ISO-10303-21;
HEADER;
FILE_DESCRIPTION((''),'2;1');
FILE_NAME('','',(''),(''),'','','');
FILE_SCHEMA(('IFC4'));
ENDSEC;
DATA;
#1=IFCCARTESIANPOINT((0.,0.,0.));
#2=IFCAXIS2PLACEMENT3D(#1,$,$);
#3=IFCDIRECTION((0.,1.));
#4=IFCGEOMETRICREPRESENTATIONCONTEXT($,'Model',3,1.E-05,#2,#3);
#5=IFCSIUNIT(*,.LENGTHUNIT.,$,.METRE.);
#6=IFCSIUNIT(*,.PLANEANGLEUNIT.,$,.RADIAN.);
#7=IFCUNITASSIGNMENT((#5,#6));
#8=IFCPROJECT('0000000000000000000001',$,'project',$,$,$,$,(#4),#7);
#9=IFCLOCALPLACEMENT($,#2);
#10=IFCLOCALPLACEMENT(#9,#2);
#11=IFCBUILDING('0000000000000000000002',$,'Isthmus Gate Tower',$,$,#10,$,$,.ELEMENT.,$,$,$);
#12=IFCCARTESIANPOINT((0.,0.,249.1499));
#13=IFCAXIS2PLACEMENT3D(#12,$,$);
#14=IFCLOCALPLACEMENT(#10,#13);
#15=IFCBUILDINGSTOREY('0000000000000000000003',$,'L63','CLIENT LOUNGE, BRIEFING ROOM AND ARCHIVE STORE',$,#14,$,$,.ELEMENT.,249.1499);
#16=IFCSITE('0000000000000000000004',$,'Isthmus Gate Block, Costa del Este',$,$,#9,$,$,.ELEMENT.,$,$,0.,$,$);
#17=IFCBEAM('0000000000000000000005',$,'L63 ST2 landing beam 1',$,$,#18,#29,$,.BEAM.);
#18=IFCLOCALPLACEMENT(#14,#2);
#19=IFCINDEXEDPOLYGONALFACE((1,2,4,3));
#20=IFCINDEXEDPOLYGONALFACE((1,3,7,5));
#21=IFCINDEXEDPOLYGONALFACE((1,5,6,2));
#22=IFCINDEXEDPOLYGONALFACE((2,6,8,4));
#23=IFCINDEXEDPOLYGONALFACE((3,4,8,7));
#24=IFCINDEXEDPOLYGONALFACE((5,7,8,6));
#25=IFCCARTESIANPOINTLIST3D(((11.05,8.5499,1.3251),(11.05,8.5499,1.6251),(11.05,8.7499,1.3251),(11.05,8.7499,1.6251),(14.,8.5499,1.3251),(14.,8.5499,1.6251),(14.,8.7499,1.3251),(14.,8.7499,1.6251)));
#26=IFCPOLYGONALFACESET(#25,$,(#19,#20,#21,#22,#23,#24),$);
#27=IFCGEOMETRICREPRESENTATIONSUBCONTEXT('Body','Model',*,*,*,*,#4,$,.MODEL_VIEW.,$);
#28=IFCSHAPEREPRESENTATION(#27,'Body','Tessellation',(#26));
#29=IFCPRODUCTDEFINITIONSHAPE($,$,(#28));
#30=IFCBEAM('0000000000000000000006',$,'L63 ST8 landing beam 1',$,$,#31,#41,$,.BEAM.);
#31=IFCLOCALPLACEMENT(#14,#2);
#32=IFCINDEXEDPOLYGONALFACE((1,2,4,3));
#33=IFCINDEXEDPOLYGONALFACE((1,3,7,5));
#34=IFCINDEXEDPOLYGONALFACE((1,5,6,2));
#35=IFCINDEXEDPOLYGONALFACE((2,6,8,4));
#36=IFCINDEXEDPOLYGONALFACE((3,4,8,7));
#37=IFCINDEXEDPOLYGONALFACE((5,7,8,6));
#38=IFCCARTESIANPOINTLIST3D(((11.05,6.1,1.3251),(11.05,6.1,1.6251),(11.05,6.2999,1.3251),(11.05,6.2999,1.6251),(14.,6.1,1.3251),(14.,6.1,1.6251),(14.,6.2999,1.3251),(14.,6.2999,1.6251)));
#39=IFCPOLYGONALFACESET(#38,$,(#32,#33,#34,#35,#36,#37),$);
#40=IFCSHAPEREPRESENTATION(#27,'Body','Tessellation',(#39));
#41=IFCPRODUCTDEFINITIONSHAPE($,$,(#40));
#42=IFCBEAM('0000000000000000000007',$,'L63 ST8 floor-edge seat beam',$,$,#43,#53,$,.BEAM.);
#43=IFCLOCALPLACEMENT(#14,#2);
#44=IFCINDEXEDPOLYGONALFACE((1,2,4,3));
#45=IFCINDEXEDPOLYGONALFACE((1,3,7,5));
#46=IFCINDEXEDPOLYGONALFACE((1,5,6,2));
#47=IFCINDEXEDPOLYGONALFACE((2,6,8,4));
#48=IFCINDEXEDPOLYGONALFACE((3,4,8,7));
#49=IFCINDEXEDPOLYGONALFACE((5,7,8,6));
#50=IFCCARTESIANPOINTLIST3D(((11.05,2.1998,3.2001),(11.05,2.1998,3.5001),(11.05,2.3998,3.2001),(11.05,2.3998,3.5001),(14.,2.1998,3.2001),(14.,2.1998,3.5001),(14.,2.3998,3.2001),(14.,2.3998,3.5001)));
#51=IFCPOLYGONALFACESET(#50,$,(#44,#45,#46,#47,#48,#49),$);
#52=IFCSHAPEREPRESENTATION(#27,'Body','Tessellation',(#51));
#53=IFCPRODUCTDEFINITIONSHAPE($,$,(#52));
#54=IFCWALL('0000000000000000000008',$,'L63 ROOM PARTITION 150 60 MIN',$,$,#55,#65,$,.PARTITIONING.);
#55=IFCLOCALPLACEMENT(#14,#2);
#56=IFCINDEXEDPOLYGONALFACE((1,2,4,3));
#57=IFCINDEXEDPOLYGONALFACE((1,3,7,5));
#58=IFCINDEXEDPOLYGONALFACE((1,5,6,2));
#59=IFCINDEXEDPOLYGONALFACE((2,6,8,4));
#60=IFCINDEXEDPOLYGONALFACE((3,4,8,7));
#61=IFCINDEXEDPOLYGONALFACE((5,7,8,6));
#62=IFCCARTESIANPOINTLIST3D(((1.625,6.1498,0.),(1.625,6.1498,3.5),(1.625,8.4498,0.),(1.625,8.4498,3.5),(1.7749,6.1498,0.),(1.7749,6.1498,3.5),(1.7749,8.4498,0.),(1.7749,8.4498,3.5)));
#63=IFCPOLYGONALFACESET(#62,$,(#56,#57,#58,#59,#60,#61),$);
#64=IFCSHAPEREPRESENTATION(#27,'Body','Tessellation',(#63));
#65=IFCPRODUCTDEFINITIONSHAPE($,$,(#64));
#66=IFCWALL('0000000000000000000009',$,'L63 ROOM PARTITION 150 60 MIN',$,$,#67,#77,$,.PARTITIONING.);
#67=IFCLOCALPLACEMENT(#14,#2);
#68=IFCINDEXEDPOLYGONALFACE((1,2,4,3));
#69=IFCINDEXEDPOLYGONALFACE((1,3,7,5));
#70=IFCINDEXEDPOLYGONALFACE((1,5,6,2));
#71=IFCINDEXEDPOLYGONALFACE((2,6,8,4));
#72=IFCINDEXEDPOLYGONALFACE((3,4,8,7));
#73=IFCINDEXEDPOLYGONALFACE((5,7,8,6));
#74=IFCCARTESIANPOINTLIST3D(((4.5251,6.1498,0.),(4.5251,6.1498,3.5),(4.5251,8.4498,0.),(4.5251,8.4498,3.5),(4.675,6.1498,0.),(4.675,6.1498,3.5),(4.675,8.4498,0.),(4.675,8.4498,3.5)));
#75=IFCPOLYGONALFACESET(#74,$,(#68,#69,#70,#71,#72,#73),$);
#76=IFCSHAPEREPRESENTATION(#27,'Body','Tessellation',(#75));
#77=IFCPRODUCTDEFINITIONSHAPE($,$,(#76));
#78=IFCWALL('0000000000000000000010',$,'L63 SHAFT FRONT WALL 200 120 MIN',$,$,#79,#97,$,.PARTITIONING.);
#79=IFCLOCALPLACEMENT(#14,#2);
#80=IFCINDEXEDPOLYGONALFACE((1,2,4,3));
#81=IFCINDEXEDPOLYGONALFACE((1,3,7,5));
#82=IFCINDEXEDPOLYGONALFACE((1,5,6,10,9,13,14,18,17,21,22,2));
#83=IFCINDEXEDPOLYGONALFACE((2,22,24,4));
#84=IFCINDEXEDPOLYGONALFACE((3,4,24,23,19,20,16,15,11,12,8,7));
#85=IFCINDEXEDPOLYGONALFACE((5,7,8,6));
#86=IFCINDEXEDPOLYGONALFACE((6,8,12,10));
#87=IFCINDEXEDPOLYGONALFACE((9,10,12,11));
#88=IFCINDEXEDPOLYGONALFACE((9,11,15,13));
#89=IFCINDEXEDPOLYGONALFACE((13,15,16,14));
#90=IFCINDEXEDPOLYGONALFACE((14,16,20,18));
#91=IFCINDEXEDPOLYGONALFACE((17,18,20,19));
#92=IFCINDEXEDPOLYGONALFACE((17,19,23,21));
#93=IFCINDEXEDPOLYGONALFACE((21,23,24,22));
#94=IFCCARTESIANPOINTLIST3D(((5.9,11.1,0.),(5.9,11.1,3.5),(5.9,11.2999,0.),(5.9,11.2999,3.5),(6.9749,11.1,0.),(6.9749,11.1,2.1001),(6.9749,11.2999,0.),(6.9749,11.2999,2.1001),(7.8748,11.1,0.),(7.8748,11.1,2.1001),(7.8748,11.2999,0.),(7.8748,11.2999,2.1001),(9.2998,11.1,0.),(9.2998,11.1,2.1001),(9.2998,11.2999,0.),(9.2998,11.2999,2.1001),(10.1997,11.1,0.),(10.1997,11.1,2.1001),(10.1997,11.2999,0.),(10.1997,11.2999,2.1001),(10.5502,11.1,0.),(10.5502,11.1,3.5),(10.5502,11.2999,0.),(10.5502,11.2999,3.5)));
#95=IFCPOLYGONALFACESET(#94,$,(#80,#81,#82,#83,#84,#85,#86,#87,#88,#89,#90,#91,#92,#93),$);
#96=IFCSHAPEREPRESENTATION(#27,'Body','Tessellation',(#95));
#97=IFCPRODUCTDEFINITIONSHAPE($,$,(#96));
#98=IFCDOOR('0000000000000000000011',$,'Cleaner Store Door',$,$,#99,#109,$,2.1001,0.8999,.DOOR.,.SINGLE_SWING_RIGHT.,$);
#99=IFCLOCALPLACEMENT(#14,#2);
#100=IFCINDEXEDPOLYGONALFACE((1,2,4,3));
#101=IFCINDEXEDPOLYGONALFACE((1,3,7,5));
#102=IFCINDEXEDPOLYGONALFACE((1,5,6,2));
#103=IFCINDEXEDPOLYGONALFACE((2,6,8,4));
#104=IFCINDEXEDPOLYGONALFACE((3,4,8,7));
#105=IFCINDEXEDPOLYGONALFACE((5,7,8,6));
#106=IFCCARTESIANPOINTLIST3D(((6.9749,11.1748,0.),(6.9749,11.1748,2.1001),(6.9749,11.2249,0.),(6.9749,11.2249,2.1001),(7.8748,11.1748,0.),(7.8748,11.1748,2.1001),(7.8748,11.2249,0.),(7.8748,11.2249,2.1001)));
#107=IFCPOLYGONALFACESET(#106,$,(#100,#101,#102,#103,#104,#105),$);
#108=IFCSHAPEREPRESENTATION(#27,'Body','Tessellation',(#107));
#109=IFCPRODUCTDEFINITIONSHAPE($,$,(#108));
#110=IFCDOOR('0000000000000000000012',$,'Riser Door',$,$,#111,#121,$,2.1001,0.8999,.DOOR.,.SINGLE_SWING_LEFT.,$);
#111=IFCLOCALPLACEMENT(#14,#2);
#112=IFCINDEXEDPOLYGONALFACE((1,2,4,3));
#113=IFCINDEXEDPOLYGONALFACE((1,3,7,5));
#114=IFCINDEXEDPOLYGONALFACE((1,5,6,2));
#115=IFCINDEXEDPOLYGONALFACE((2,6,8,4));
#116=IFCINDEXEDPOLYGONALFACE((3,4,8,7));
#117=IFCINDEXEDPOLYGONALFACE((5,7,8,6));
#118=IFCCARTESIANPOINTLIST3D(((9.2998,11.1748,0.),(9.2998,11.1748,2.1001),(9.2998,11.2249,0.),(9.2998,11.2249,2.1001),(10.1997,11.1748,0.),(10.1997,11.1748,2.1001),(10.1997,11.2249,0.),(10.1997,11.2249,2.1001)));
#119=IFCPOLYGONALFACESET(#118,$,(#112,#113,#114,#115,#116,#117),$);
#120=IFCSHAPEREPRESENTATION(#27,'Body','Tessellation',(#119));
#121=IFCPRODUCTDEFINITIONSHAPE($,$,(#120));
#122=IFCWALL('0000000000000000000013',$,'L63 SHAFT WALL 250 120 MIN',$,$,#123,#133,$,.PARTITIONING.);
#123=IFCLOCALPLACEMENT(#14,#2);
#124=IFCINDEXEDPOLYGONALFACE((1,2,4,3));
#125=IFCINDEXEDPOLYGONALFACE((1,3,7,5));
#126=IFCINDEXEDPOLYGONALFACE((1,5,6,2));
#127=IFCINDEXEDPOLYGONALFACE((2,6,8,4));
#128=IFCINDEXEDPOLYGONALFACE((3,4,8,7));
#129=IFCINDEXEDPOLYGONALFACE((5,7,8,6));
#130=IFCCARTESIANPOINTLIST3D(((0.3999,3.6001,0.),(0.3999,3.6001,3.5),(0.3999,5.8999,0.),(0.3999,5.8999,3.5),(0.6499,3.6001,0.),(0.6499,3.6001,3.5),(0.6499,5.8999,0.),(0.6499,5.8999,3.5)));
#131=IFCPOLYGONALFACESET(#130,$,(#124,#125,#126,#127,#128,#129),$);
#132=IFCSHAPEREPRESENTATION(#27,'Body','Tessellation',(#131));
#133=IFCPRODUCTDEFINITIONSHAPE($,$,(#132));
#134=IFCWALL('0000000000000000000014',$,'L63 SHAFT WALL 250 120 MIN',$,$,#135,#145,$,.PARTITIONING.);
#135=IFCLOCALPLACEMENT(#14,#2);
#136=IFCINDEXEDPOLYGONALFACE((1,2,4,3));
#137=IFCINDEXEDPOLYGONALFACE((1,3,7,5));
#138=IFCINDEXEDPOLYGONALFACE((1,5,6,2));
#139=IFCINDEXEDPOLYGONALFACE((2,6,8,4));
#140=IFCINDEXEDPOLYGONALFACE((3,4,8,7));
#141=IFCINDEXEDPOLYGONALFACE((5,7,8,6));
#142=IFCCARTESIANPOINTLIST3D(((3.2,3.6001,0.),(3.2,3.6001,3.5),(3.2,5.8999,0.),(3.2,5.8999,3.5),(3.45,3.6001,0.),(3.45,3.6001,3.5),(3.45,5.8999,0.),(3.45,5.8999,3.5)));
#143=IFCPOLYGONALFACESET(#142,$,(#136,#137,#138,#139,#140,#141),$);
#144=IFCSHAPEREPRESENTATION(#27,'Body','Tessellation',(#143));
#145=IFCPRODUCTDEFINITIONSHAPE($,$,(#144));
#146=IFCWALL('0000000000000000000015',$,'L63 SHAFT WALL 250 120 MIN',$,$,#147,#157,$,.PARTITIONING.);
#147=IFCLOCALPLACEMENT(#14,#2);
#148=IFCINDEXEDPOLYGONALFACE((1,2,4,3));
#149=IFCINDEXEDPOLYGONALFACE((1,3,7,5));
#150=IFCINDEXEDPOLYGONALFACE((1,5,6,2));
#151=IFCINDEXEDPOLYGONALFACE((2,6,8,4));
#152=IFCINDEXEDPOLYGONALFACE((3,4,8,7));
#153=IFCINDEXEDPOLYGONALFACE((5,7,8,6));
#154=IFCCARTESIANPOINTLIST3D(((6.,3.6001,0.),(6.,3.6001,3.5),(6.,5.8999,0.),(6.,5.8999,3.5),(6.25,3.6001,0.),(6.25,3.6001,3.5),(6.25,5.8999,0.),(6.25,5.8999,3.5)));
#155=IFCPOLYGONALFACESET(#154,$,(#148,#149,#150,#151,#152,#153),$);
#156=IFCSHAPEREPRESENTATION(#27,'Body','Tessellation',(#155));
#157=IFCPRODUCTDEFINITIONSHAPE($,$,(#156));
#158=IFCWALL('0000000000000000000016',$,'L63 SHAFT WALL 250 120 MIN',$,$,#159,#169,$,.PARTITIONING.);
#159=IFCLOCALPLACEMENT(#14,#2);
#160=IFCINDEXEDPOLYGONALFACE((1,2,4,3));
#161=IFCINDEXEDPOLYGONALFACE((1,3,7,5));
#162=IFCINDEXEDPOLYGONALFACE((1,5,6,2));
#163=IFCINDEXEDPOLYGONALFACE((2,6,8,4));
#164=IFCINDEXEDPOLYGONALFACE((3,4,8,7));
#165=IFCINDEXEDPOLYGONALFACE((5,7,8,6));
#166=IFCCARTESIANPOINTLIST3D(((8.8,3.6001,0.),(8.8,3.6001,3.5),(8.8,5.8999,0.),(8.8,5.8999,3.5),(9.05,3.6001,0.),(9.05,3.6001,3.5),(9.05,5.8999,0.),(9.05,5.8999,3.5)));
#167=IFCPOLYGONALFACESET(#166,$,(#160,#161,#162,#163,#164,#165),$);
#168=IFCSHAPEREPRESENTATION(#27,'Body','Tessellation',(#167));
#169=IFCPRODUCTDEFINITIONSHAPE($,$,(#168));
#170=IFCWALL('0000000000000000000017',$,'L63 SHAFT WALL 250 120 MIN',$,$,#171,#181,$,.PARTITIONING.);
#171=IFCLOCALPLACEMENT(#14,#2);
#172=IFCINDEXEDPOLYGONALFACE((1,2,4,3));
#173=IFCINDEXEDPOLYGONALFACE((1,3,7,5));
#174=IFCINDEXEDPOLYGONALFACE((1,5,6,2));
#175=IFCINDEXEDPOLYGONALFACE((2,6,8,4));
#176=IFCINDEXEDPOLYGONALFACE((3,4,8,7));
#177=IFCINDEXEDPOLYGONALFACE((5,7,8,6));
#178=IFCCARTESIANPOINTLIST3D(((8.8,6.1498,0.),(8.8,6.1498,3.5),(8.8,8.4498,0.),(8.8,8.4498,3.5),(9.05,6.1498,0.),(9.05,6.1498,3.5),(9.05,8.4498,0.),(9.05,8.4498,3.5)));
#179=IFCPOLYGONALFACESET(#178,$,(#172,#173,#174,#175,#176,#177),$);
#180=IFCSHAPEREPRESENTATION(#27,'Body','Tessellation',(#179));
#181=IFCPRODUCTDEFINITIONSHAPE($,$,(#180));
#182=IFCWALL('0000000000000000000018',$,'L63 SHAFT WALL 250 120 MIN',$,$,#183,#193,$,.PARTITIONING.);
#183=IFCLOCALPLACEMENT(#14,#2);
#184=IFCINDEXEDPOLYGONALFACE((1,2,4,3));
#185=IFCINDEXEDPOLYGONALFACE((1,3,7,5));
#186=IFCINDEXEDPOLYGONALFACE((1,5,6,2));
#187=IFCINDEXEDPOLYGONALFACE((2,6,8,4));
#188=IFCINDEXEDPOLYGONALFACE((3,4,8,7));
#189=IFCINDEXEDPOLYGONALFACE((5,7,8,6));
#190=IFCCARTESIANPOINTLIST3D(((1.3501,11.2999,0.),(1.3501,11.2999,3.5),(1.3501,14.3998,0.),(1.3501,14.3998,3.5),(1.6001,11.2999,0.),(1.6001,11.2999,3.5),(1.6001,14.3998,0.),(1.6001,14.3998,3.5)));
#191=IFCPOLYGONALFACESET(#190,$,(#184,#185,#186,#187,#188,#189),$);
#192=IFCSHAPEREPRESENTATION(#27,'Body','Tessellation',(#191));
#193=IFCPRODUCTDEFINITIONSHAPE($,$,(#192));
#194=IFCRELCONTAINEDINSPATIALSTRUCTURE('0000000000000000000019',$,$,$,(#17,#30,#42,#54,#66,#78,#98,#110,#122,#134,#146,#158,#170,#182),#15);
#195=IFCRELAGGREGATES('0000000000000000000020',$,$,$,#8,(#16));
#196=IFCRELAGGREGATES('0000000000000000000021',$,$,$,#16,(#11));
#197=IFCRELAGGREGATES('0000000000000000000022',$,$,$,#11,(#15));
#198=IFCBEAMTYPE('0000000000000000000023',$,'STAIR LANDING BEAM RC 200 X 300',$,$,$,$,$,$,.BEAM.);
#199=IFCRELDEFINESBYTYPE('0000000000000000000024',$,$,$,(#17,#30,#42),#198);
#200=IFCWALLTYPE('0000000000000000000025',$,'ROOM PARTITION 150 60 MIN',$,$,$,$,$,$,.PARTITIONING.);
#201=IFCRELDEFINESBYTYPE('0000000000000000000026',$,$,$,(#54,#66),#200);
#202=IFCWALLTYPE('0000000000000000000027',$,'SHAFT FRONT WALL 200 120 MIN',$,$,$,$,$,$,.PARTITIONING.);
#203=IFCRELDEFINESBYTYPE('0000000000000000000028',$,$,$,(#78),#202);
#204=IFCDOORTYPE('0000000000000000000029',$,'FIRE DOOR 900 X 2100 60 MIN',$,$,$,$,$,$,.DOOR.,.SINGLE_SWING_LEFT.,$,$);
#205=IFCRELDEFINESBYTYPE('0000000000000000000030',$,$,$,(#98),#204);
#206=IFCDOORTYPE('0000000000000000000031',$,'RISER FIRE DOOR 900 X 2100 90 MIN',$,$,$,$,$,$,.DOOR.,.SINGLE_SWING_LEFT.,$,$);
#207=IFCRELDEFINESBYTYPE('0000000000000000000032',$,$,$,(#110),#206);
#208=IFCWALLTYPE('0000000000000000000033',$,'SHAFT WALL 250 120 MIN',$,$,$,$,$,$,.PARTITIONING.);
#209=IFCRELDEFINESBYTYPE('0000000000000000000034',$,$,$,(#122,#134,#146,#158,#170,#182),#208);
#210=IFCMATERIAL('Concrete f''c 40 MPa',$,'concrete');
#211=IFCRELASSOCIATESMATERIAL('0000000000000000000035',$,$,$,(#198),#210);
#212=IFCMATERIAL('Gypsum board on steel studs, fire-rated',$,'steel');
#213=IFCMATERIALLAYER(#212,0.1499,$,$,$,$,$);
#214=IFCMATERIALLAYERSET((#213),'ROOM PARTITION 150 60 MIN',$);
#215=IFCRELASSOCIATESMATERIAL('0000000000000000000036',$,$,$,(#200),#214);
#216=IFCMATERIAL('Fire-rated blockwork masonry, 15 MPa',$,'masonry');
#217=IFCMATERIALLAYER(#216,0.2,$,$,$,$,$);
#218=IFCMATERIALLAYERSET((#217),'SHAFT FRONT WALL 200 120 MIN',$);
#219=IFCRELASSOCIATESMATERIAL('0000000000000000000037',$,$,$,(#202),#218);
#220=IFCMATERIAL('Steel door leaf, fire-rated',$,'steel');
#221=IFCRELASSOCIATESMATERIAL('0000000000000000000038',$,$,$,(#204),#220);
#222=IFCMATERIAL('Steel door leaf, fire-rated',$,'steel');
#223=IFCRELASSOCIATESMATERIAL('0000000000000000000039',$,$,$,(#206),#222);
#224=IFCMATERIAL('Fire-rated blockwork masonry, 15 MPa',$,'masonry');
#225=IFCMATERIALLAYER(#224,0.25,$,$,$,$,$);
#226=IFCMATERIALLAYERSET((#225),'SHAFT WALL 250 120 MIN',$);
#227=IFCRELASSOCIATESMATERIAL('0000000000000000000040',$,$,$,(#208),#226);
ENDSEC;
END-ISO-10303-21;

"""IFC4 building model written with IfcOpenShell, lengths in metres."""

from ifc_helpers import new_model, si_unit, direction, frame, frame_2d, origin, origin_2d, place, context, subcontext, project, spatial, rectangle, extrude, material, layer, layer_set, material_profile, profile_set, type_object, element, fill, save


model = new_model("IFC4")

# Units and contexts
model_context = context("Model", 3, precision=1e-05, world=origin(), true_north=direction((0.0, 1.0)))
body_context = subcontext(model_context, "Body", "Model", "MODEL_VIEW")
ifc_project = project(units=[si_unit("LENGTHUNIT", "METRE"), si_unit("PLANEANGLEUNIT", "RADIAN")], contexts=[model_context])

# Site, building, storey
site_placement = place(None, origin())
site = spatial("IfcSite", under=ifc_project, at=site_placement, Name="Isthmus Gate Block, Costa del Este", CompositionType="ELEMENT", RefElevation=0.0)
building_placement = place(site_placement, origin())
building = spatial("IfcBuilding", under=site, at=building_placement, Name="Isthmus Gate Tower", CompositionType="ELEMENT")
storey_placement = place(building_placement, frame((0.0, 0.0, 249.1499)))
storey = spatial("IfcBuildingStorey", under=building, at=storey_placement, Name="L63", Description="CLIENT LOUNGE, BRIEFING ROOM AND ARCHIVE STORE", CompositionType="ELEMENT", Elevation=249.1499)

# Beams
ifc_material_1 = material(Name="Concrete f'c 40 MPa", Category="concrete")
ifc_material_profile = material_profile(ifc_material_1, rectangle(XDim=0.2, YDim=0.3, at=origin_2d()), Name="STAIR LANDING BEAM RC 200 X 300")
ifc_profile_set = profile_set([ifc_material_profile], Name="Concrete f'c 40 MPa")
beam_type = type_object("IfcBeamType", Name="STAIR LANDING BEAM RC 200 X 300", PredefinedType="BEAM", material=ifc_profile_set)
for number, where, z_axis, x_axis, name in (
    (1, (11.05, 8.6499, 1.4751), (1.0, 0.0, 0.0), (0.0, 1.0, 0.0), "L63 ST2 landing beam 1"),
    (2, (11.05, 6.2, 1.4751), (1.0, 0.0, 0.0), (0.0, 1.0, 0.0), "L63 ST8 landing beam 1"),
    (3, (11.05, 2.2998, 3.3501), (1.0, 0.0, 0.0), (0.0, 1.0, 0.0), "L63 ST8 floor-edge seat beam"),
):
    element("IfcBeam", number, at=place(storey_placement, frame(where, z_axis=z_axis, x_axis=x_axis)), inside=storey, type_object=beam_type, Name=name, PredefinedType="BEAM", context=body_context, shape_type="SweptSolid", body=[
        extrude(rectangle(XDim=0.2, YDim=0.3, at=origin_2d()), origin(), (0.0, 0.0, 1.0), 2.95),
    ])

# Walls
ifc_material_2 = material(Name="Gypsum board on steel studs, fire-rated", Category="steel")
ifc_layer_1 = layer(ifc_material_2, 0.1499)
ifc_layer_set_1 = layer_set([ifc_layer_1], Name="ROOM PARTITION 150 60 MIN")
wall_type_1 = type_object("IfcWallType", Name="ROOM PARTITION 150 60 MIN", PredefinedType="PARTITIONING", material=ifc_layer_set_1)
for number, where, z_axis, x_axis, name in (
    (4, (1.7, 6.1499, 0.0), (0.0, 0.0, 1.0), (0.0, 1.0, 0.0), "L63 ROOM PARTITION 150 60 MIN"),
    (5, (4.6001, 6.1499, 0.0), (0.0, 0.0, 1.0), (0.0, 1.0, 0.0), "L63 ROOM PARTITION 150 60 MIN"),
):
    element("IfcWall", number, at=place(storey_placement, frame(where, z_axis=z_axis, x_axis=x_axis)), inside=storey, type_object=wall_type_1, Name=name, PredefinedType="PARTITIONING", context=body_context, shape_type="SweptSolid", body=[
        extrude(rectangle(XDim=2.3, YDim=0.1499, at=frame_2d((1.1499, 0.0))), origin(), (0.0, 0.0, 1.0), 3.5),
    ])

# Wall, openings, doors
ifc_material_3 = material(Name="Fire-rated blockwork masonry, 15 MPa", Category="masonry")
ifc_layer_2 = layer(ifc_material_3, 0.2)
ifc_layer_set_2 = layer_set([ifc_layer_2], Name="SHAFT FRONT WALL 200 120 MIN")
wall_type_2 = type_object("IfcWallType", Name="SHAFT FRONT WALL 200 120 MIN", PredefinedType="PARTITIONING", material=ifc_layer_set_2)
wall_1_placement = place(storey_placement, frame((5.8999, 11.2, 0.0), z_axis=(0.0, 0.0, 1.0), x_axis=(1.0, 0.0, 0.0)))
wall_1 = element("IfcWall", 6, at=wall_1_placement, inside=storey, type_object=wall_type_2, Name="L63 SHAFT FRONT WALL 200 120 MIN", PredefinedType="PARTITIONING", context=body_context, shape_type="SweptSolid", body=[
    extrude(rectangle(XDim=4.6501, YDim=0.2, at=frame_2d((2.3252, 0.0))), origin(), (0.0, 0.0, 1.0), 3.5),
])
opening_1_placement = place(wall_1_placement, frame((1.075, 0.0, 0.0)))
opening_1 = element("IfcOpeningElement", 7, at=opening_1_placement, cuts=wall_1, PredefinedType="OPENING", context=body_context, shape_type="SweptSolid", body=[
    extrude(rectangle(XDim=0.8999, YDim=2.1001, at=frame_2d((0.45, 1.05))), frame((0.0, 0.1099, 0.0), z_axis=(0.0, -1.0, 0.0), x_axis=(1.0, 0.0, 0.0)), (0.0, 0.0, 1.0), 0.22),
])
opening_2_placement = place(wall_1_placement, frame((3.3999, 0.0, 0.0)))
opening_2 = element("IfcOpeningElement", 8, at=opening_2_placement, cuts=wall_1, PredefinedType="OPENING", context=body_context, shape_type="SweptSolid", body=[
    extrude(rectangle(XDim=0.8999, YDim=2.1001, at=frame_2d((0.45, 1.05))), frame((0.0, 0.1099, 0.0), z_axis=(0.0, -1.0, 0.0), x_axis=(1.0, 0.0, 0.0)), (0.0, 0.0, 1.0), 0.22),
])
ifc_material_4 = material(Name="Steel door leaf, fire-rated", Category="steel")
door_type_1 = type_object("IfcDoorType", Name="FIRE DOOR 900 X 2100 60 MIN", OperationType="SINGLE_SWING_LEFT", PredefinedType="DOOR", material=ifc_material_4)
door_1_placement = place(opening_1_placement, origin())
door_1 = element("IfcDoor", 9, at=door_1_placement, inside=storey, type_object=door_type_1, Name="Cleaner Store Door", OperationType="SINGLE_SWING_RIGHT", OverallHeight=2.1001, OverallWidth=0.8999, PredefinedType="DOOR", context=body_context, shape_type="SweptSolid", body=[
    extrude(rectangle(XDim=0.8999, YDim=2.1001, at=frame_2d((0.45, 1.05))), frame((0.0, 0.0249, 0.0), z_axis=(0.0, -1.0, 0.0), x_axis=(1.0, 0.0, 0.0)), (0.0, 0.0, 1.0), 0.05),
])
fill(opening_1, door_1)
ifc_material_5 = material(Name="Steel door leaf, fire-rated", Category="steel")
door_type_2 = type_object("IfcDoorType", Name="RISER FIRE DOOR 900 X 2100 90 MIN", OperationType="SINGLE_SWING_LEFT", PredefinedType="DOOR", material=ifc_material_5)
door_2_placement = place(opening_2_placement, origin())
door_2 = element("IfcDoor", 10, at=door_2_placement, inside=storey, type_object=door_type_2, Name="Riser Door", OperationType="SINGLE_SWING_LEFT", OverallHeight=2.1001, OverallWidth=0.8999, PredefinedType="DOOR", context=body_context, shape_type="SweptSolid", body=[
    extrude(rectangle(XDim=0.8999, YDim=2.1001, at=frame_2d((0.45, 1.05))), frame((0.0, 0.0249, 0.0), z_axis=(0.0, -1.0, 0.0), x_axis=(1.0, 0.0, 0.0)), (0.0, 0.0, 1.0), 0.05),
])
fill(opening_2, door_2)

# Walls
ifc_material_6 = material(Name="Fire-rated blockwork masonry, 15 MPa", Category="masonry")
ifc_layer_3 = layer(ifc_material_6, 0.25)
ifc_layer_set_3 = layer_set([ifc_layer_3], Name="SHAFT WALL 250 120 MIN")
wall_type_3 = type_object("IfcWallType", Name="SHAFT WALL 250 120 MIN", PredefinedType="PARTITIONING", material=ifc_layer_set_3)
for number, where, z_axis, x_axis, name in (
    (11, (0.5249, 3.6001, 0.0), (0.0, 0.0, 1.0), (0.0, 1.0, 0.0), "L63 SHAFT WALL 250 120 MIN"),
    (12, (3.325, 3.6001, 0.0), (0.0, 0.0, 1.0), (0.0, 1.0, 0.0), "L63 SHAFT WALL 250 120 MIN"),
    (13, (6.125, 3.6001, 0.0), (0.0, 0.0, 1.0), (0.0, 1.0, 0.0), "L63 SHAFT WALL 250 120 MIN"),
    (14, (8.925, 3.6001, 0.0), (0.0, 0.0, 1.0), (0.0, 1.0, 0.0), "L63 SHAFT WALL 250 120 MIN"),
):
    element("IfcWall", number, at=place(storey_placement, frame(where, z_axis=z_axis, x_axis=x_axis)), inside=storey, type_object=wall_type_3, Name=name, PredefinedType="PARTITIONING", context=body_context, shape_type="SweptSolid", body=[
        extrude(rectangle(XDim=2.2998, YDim=0.25, at=frame_2d((1.1499, 0.0))), origin(), (0.0, 0.0, 1.0), 3.5),
    ])
wall_2_placement = place(storey_placement, frame((8.925, 6.1499, 0.0), z_axis=(0.0, 0.0, 1.0), x_axis=(0.0, 1.0, 0.0)))
element("IfcWall", 15, at=wall_2_placement, inside=storey, type_object=wall_type_3, Name="L63 SHAFT WALL 250 120 MIN", PredefinedType="PARTITIONING", context=body_context, shape_type="SweptSolid", body=[
    extrude(rectangle(XDim=2.3, YDim=0.25, at=frame_2d((1.1499, 0.0))), origin(), (0.0, 0.0, 1.0), 3.5),
])
for number, where, z_axis, x_axis, name in (
    (16, (1.4751, 11.3, 0.0), (0.0, 0.0, 1.0), (0.0, 1.0, 0.0), "L63 SHAFT WALL 250 120 MIN"),
):
    element("IfcWall", number, at=place(storey_placement, frame(where, z_axis=z_axis, x_axis=x_axis)), inside=storey, type_object=wall_type_3, Name=name, PredefinedType="PARTITIONING", context=body_context, shape_type="SweptSolid", body=[
        extrude(rectangle(XDim=3.0999, YDim=0.25, at=frame_2d((1.5498, 0.0))), origin(), (0.0, 0.0, 1.0), 3.5),
    ])

save(model, "model.ifc")
